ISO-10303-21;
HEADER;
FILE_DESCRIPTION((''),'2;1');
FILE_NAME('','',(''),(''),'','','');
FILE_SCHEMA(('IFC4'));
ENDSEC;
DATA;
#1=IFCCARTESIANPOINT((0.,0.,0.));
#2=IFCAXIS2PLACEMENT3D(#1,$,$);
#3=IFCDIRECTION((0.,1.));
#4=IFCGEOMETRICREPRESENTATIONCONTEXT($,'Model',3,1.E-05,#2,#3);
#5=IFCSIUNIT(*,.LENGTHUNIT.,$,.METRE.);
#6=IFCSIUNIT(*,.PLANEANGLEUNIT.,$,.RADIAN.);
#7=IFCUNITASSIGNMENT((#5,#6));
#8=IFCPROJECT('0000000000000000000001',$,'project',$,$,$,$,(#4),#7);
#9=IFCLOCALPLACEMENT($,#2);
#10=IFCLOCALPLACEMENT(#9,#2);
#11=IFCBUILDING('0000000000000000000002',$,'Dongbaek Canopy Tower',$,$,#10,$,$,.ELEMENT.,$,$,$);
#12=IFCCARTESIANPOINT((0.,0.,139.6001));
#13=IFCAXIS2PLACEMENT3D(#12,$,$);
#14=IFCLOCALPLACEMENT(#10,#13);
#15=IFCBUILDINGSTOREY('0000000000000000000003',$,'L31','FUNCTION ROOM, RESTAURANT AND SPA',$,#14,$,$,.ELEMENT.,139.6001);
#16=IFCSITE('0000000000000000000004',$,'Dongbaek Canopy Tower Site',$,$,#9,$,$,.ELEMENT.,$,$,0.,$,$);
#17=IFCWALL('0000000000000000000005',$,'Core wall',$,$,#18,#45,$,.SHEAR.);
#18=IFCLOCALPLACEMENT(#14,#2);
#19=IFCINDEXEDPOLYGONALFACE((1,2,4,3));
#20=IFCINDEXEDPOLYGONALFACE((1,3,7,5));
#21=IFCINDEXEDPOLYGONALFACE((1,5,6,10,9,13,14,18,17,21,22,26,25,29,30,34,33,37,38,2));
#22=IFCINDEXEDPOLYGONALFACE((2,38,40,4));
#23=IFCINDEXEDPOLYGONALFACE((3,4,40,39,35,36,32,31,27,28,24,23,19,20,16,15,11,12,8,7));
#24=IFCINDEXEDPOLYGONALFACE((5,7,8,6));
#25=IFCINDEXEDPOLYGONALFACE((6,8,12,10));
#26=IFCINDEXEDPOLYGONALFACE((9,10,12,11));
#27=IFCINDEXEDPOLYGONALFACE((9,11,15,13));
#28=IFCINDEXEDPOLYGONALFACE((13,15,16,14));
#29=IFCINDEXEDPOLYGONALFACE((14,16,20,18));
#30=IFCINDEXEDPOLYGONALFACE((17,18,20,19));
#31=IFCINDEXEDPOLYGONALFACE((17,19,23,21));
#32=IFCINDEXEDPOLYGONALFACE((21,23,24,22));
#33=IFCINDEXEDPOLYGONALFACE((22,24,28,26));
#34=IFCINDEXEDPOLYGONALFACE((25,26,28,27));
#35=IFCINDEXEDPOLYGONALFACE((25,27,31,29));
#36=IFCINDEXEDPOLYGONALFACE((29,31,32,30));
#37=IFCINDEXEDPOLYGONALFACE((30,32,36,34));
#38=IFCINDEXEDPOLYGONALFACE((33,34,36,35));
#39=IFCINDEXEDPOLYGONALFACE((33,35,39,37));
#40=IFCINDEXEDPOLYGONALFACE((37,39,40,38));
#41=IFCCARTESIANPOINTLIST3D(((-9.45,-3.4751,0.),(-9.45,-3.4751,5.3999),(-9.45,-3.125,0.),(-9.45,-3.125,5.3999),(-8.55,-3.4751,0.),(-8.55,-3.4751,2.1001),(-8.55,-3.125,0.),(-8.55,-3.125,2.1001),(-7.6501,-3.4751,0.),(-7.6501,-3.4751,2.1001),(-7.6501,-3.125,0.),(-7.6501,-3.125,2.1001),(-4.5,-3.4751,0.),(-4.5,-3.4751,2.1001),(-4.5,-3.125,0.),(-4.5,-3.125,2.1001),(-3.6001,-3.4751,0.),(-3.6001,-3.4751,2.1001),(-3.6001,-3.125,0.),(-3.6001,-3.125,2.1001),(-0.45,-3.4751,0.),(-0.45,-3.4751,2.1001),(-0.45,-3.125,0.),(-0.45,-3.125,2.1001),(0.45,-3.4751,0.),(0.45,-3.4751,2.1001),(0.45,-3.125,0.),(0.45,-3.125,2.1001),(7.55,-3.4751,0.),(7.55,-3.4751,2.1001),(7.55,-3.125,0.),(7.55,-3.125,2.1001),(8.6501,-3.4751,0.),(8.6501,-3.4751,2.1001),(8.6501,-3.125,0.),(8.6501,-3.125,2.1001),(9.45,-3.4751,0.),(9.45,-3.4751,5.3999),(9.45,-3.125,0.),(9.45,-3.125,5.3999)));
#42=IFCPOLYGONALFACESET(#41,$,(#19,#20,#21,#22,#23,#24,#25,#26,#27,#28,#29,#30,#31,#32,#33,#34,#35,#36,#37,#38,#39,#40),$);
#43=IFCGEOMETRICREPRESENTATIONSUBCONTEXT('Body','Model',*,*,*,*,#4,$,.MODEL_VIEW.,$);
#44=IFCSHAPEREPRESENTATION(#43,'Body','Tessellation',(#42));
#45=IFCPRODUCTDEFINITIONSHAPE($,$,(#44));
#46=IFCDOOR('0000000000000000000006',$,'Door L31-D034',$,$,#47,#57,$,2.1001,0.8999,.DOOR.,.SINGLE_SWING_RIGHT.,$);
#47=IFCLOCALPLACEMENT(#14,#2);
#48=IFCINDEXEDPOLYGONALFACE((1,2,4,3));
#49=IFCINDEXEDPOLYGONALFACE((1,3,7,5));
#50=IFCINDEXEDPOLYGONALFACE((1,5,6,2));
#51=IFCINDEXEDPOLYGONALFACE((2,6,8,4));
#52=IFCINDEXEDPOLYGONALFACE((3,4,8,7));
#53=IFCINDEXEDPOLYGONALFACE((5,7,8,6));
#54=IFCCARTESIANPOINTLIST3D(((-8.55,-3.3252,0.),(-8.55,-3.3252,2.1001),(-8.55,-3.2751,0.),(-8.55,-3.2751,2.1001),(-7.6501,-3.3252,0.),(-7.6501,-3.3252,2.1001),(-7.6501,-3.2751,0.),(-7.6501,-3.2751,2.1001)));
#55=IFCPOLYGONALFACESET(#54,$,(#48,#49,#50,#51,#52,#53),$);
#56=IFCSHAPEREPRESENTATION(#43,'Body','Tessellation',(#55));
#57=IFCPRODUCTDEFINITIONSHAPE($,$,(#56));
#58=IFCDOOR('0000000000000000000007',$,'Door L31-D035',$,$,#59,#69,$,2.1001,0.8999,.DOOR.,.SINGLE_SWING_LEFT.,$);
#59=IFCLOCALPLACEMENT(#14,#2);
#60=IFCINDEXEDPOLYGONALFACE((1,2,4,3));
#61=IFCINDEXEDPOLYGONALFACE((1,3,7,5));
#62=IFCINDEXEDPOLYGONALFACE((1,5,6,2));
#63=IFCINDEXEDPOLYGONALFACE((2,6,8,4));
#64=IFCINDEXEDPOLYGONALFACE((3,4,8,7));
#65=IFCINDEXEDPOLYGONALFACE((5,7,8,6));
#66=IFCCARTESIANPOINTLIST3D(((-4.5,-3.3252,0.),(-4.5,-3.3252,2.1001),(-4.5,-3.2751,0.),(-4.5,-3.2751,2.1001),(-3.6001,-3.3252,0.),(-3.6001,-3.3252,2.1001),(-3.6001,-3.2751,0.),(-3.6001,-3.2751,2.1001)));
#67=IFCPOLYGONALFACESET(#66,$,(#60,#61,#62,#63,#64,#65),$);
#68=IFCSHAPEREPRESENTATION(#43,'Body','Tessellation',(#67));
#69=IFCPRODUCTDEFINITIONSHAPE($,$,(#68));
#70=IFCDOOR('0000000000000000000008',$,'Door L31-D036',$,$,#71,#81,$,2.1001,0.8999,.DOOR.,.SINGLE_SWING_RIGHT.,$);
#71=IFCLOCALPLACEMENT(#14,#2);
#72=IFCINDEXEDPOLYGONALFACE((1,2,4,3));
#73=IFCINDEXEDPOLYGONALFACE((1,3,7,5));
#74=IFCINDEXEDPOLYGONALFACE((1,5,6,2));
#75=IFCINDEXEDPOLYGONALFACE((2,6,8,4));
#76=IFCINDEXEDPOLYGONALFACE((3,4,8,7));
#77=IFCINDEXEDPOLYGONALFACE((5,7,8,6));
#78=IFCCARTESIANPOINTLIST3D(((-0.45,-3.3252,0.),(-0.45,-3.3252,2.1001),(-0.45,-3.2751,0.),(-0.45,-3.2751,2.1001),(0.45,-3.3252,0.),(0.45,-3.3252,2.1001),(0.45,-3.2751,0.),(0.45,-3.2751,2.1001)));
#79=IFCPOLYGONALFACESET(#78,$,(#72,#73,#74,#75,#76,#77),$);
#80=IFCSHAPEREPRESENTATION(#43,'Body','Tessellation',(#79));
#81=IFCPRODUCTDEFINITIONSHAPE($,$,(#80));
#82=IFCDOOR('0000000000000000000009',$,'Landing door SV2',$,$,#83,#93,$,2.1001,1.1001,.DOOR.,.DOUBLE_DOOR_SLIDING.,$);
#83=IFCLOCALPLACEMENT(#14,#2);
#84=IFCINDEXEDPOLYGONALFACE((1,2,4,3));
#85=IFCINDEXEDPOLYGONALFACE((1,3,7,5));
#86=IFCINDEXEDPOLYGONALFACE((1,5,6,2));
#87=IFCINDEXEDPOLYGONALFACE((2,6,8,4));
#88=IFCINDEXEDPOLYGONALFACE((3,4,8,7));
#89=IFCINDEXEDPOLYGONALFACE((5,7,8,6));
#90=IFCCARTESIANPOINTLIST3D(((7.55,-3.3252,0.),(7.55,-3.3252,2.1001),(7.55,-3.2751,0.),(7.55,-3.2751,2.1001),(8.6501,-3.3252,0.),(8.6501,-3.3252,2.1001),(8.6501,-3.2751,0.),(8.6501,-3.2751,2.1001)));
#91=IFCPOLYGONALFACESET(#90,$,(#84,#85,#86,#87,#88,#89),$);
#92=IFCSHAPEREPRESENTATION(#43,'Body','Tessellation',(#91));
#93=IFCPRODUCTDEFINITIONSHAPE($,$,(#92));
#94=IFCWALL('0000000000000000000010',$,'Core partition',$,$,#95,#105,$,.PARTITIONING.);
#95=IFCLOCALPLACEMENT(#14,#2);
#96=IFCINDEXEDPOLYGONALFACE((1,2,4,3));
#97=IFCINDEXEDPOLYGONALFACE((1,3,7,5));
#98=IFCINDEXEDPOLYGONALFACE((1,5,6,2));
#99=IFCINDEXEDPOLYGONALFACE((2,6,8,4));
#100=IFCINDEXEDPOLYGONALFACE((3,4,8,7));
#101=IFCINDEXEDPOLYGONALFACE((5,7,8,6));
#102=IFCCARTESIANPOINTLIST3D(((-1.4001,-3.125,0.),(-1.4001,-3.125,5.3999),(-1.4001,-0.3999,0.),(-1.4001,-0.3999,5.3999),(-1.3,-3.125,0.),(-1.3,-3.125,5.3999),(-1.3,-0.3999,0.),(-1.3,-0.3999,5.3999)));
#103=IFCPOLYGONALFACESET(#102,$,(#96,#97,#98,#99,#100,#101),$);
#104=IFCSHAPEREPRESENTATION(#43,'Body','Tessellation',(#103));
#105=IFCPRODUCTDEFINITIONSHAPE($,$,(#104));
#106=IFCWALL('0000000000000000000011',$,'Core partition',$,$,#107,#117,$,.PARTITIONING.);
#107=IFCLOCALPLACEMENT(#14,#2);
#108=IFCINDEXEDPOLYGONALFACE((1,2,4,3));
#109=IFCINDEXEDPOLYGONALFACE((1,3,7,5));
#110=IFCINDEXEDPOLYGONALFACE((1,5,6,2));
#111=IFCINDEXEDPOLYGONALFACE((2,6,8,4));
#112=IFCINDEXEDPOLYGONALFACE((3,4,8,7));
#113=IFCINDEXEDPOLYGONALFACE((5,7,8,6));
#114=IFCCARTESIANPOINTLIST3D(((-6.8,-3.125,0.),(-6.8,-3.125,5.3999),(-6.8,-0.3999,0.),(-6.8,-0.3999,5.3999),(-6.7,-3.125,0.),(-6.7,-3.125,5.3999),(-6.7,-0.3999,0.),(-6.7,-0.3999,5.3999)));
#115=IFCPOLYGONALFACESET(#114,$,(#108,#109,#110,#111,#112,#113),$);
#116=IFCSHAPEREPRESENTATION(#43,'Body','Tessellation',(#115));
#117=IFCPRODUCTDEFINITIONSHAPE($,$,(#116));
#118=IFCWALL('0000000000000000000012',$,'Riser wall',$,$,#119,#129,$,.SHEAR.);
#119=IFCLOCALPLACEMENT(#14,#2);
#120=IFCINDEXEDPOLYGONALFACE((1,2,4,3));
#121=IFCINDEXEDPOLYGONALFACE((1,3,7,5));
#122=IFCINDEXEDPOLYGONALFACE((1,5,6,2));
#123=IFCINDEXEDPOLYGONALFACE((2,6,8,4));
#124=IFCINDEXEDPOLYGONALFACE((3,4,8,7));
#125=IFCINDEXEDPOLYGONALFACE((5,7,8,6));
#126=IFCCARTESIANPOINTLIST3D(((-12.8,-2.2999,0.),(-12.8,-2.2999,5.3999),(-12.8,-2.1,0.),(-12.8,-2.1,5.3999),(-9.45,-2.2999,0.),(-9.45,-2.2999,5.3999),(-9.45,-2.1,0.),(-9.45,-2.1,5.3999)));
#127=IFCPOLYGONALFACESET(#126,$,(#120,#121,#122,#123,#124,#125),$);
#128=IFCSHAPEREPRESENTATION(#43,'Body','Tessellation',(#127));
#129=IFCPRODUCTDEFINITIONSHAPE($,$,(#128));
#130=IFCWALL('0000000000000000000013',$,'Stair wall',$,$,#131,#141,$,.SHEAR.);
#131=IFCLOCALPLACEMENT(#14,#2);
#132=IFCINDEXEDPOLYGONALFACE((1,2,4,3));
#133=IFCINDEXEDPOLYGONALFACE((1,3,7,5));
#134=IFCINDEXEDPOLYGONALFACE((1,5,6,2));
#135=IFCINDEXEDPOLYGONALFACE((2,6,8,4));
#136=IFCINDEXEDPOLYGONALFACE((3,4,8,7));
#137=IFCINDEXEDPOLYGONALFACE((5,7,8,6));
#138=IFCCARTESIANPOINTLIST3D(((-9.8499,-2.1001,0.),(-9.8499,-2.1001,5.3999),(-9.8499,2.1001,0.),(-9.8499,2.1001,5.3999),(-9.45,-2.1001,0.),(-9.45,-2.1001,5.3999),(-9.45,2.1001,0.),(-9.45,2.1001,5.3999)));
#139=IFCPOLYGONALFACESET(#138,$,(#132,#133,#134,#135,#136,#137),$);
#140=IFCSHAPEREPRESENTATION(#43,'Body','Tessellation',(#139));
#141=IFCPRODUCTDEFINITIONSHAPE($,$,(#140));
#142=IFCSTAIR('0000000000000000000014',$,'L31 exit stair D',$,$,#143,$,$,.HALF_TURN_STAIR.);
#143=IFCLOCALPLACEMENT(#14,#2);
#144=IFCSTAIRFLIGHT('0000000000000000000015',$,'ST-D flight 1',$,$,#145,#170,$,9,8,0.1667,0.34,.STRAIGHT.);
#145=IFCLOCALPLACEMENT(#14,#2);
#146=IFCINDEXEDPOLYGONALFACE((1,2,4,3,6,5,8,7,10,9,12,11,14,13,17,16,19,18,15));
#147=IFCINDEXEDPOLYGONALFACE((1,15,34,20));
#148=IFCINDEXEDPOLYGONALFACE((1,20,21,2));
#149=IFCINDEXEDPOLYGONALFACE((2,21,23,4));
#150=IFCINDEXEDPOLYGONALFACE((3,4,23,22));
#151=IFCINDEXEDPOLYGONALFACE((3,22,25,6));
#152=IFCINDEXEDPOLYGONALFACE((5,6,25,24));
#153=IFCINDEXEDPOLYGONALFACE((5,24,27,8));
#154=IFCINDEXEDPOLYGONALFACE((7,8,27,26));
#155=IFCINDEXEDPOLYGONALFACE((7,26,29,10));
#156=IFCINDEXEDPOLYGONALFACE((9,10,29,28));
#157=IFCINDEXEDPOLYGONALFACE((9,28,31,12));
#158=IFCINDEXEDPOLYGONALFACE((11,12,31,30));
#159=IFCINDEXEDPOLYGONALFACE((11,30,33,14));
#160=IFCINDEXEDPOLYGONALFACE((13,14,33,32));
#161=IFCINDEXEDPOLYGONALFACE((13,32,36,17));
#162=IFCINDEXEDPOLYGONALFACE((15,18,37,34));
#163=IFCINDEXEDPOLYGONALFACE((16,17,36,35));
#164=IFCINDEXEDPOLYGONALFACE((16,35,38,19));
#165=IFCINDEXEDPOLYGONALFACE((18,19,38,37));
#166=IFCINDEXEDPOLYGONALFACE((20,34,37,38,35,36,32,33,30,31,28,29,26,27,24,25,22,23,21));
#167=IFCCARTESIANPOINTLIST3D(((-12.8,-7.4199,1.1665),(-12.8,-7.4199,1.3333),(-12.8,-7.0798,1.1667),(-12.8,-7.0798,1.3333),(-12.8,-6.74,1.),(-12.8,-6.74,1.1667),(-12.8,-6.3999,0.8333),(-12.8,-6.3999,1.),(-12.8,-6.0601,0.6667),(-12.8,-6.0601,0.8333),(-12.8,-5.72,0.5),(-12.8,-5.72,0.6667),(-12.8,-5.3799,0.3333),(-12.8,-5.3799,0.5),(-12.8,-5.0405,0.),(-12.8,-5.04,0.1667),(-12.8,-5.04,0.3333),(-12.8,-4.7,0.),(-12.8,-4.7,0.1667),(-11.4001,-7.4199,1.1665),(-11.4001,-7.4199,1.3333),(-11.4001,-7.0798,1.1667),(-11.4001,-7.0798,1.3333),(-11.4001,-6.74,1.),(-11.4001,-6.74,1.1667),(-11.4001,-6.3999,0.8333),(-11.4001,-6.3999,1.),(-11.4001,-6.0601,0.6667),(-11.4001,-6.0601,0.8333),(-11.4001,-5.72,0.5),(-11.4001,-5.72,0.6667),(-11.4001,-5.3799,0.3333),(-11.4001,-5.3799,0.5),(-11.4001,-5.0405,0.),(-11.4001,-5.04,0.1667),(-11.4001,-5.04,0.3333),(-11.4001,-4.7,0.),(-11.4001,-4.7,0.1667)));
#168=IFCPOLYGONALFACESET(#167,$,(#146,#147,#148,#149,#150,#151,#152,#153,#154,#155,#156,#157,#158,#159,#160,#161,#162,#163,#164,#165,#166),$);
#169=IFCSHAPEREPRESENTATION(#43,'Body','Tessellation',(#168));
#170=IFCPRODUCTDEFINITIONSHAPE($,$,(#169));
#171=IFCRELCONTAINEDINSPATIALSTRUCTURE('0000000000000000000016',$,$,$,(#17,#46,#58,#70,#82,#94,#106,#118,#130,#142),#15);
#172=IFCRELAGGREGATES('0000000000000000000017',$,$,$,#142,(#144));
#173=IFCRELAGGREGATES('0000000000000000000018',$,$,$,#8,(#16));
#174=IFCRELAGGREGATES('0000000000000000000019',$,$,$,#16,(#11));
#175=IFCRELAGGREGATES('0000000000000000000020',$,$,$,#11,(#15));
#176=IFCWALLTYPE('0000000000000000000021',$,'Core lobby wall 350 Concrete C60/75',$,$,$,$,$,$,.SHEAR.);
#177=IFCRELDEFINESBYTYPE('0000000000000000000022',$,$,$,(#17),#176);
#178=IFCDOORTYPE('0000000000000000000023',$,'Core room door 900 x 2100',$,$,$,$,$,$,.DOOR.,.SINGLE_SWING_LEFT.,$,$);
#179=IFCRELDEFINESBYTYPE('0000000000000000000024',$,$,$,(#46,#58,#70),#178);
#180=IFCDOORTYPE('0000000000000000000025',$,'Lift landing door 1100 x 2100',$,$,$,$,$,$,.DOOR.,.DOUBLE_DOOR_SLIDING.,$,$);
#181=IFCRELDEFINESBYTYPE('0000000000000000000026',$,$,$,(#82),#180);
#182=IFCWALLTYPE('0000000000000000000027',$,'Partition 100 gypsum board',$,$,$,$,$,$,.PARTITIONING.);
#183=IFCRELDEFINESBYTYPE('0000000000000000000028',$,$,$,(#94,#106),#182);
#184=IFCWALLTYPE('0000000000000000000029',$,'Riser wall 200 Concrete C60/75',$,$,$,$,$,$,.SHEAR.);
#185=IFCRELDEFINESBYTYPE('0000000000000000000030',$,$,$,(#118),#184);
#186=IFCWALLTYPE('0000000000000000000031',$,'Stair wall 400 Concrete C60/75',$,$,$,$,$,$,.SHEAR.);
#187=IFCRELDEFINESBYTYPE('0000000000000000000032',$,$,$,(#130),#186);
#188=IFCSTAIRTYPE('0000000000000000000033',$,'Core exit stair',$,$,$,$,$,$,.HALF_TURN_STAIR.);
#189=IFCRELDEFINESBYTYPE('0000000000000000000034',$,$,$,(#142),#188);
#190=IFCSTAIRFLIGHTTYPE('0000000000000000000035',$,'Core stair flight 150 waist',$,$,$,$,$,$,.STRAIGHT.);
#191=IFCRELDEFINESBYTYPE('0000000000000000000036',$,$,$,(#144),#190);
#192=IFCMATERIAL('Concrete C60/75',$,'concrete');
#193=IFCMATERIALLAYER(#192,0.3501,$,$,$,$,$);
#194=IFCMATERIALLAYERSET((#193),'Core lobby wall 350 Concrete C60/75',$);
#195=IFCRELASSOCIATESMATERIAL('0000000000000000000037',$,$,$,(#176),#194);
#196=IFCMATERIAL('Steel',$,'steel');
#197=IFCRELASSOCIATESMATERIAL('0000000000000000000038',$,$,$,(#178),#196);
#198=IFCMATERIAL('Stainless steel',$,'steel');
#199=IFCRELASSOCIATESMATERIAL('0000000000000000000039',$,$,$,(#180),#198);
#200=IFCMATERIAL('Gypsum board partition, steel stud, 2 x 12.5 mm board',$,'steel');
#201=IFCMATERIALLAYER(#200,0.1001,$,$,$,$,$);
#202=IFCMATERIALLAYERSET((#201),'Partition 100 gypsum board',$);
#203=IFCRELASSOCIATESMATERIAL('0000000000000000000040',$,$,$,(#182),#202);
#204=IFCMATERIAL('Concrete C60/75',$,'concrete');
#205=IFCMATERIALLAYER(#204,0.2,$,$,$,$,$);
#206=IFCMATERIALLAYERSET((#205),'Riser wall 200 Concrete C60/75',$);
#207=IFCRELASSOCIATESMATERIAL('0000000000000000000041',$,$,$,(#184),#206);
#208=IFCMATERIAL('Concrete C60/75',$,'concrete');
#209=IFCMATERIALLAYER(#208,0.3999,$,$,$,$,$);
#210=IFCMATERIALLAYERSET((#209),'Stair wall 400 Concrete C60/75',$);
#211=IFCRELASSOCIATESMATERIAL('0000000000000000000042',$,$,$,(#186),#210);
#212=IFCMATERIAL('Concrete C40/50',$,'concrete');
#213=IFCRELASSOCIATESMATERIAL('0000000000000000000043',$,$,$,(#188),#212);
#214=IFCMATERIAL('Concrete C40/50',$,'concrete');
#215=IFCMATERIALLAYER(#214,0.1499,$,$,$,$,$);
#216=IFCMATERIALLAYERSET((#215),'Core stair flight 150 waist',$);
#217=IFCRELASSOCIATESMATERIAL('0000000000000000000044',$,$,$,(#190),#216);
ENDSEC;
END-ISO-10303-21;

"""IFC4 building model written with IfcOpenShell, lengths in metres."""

from ifc_helpers import new_model, si_unit, direction, frame, frame_2d, origin, place, context, subcontext, project, spatial, polyline, rectangle, outline, extrude, material, layer, layer_set, type_object, element, fill, aggregate, save


model = new_model("IFC4")

# Units and contexts
model_context = context("Model", 3, precision=1e-05, world=origin(), true_north=direction((0.0, 1.0)))
body_context = subcontext(model_context, "Body", "Model", "MODEL_VIEW")
ifc_project = project(units=[si_unit("LENGTHUNIT", "METRE"), si_unit("PLANEANGLEUNIT", "RADIAN")], contexts=[model_context])

# Site, building, storey
site_placement = place(None, origin())
site = spatial("IfcSite", under=ifc_project, at=site_placement, Name="Dongbaek Canopy Tower Site", CompositionType="ELEMENT", RefElevation=0.0)
building_placement = place(site_placement, origin())
building = spatial("IfcBuilding", under=site, at=building_placement, Name="Dongbaek Canopy Tower", CompositionType="ELEMENT")
storey_placement = place(building_placement, frame((0.0, 0.0, 139.6001)))
storey = spatial("IfcBuildingStorey", under=building, at=storey_placement, Name="L31", Description="FUNCTION ROOM, RESTAURANT AND SPA", CompositionType="ELEMENT", Elevation=139.6001)

# Wall, openings, doors
ifc_material_1 = material(Name="Concrete C60/75", Category="concrete")
ifc_layer_1 = layer(ifc_material_1, 0.3501)
ifc_layer_set_1 = layer_set([ifc_layer_1], Name="Core lobby wall 350 Concrete C60/75")
wall_type_1 = type_object("IfcWallType", Name="Core lobby wall 350 Concrete C60/75", PredefinedType="SHEAR", material=ifc_layer_set_1)
wall_1_placement = place(storey_placement, frame((-9.45, -3.3, 0.0), z_axis=(0.0, 0.0, 1.0), x_axis=(1.0, 0.0, 0.0)))
wall_1 = element("IfcWall", 1, at=wall_1_placement, inside=storey, type_object=wall_type_1, Name="Core wall", PredefinedType="SHEAR", context=body_context, shape_type="SweptSolid", body=[
    extrude(rectangle(XDim=18.8999, YDim=0.3501, at=frame_2d((9.45, 0.0))), origin(), (0.0, 0.0, 1.0), 5.3999),
])
opening_1_placement = place(wall_1_placement, frame((17.0, 0.0, 0.0)))
opening_1 = element("IfcOpeningElement", 2, at=opening_1_placement, cuts=wall_1, PredefinedType="OPENING", context=body_context, shape_type="SweptSolid", body=[
    extrude(rectangle(XDim=1.1001, YDim=2.1001, at=frame_2d((0.55, 1.05))), frame((0.0, 0.1851, 0.0), z_axis=(0.0, -1.0, 0.0), x_axis=(1.0, 0.0, 0.0)), (0.0, 0.0, 1.0), 0.3701),
])
opening_2_placement = place(wall_1_placement, frame((0.8999, 0.0, 0.0)))
opening_2 = element("IfcOpeningElement", 3, at=opening_2_placement, cuts=wall_1, PredefinedType="OPENING", context=body_context, shape_type="SweptSolid", body=[
    extrude(rectangle(XDim=0.8999, YDim=2.1001, at=frame_2d((0.45, 1.05))), frame((0.0, 0.1851, 0.0), z_axis=(0.0, -1.0, 0.0), x_axis=(1.0, 0.0, 0.0)), (0.0, 0.0, 1.0), 0.3701),
])
opening_3_placement = place(wall_1_placement, frame((4.95, 0.0, 0.0)))
opening_3 = element("IfcOpeningElement", 4, at=opening_3_placement, cuts=wall_1, PredefinedType="OPENING", context=body_context, shape_type="SweptSolid", body=[
    extrude(rectangle(XDim=0.8999, YDim=2.1001, at=frame_2d((0.45, 1.05))), frame((0.0, 0.1851, 0.0), z_axis=(0.0, -1.0, 0.0), x_axis=(1.0, 0.0, 0.0)), (0.0, 0.0, 1.0), 0.3701),
])
opening_4_placement = place(wall_1_placement, frame((9.0, 0.0, 0.0)))
opening_4 = element("IfcOpeningElement", 5, at=opening_4_placement, cuts=wall_1, PredefinedType="OPENING", context=body_context, shape_type="SweptSolid", body=[
    extrude(rectangle(XDim=0.8999, YDim=2.1001, at=frame_2d((0.45, 1.05))), frame((0.0, 0.1851, 0.0), z_axis=(0.0, -1.0, 0.0), x_axis=(1.0, 0.0, 0.0)), (0.0, 0.0, 1.0), 0.3701),
])
ifc_material_2 = material(Name="Steel", Category="steel")
door_type_1 = type_object("IfcDoorType", Name="Core room door 900 x 2100", OperationType="SINGLE_SWING_LEFT", PredefinedType="DOOR", material=ifc_material_2)
door_1_placement = place(opening_2_placement, origin())
door_1 = element("IfcDoor", 6, at=door_1_placement, inside=storey, type_object=door_type_1, Name="Door L31-D034", OperationType="SINGLE_SWING_RIGHT", OverallHeight=2.1001, OverallWidth=0.8999, PredefinedType="DOOR", context=body_context, shape_type="SweptSolid", body=[
    extrude(rectangle(XDim=0.8999, YDim=2.1001, at=frame_2d((0.45, 1.05))), frame((0.0, 0.0249, 0.0), z_axis=(0.0, -1.0, 0.0), x_axis=(1.0, 0.0, 0.0)), (0.0, 0.0, 1.0), 0.05),
])
fill(opening_2, door_1)
door_2_placement = place(opening_3_placement, origin())
door_2 = element("IfcDoor", 7, at=door_2_placement, inside=storey, type_object=door_type_1, Name="Door L31-D035", OperationType="SINGLE_SWING_LEFT", OverallHeight=2.1001, OverallWidth=0.8999, PredefinedType="DOOR", context=body_context, shape_type="SweptSolid", body=[
    extrude(rectangle(XDim=0.8999, YDim=2.1001, at=frame_2d((0.45, 1.05))), frame((0.0, 0.0249, 0.0), z_axis=(0.0, -1.0, 0.0), x_axis=(1.0, 0.0, 0.0)), (0.0, 0.0, 1.0), 0.05),
])
fill(opening_3, door_2)
door_3_placement = place(opening_4_placement, origin())
door_3 = element("IfcDoor", 8, at=door_3_placement, inside=storey, type_object=door_type_1, Name="Door L31-D036", OperationType="SINGLE_SWING_RIGHT", OverallHeight=2.1001, OverallWidth=0.8999, PredefinedType="DOOR", context=body_context, shape_type="SweptSolid", body=[
    extrude(rectangle(XDim=0.8999, YDim=2.1001, at=frame_2d((0.45, 1.05))), frame((0.0, 0.0249, 0.0), z_axis=(0.0, -1.0, 0.0), x_axis=(1.0, 0.0, 0.0)), (0.0, 0.0, 1.0), 0.05),
])
fill(opening_4, door_3)
ifc_material_3 = material(Name="Stainless steel", Category="steel")
door_type_2 = type_object("IfcDoorType", Name="Lift landing door 1100 x 2100", OperationType="DOUBLE_DOOR_SLIDING", PredefinedType="DOOR", material=ifc_material_3)
door_4_placement = place(opening_1_placement, origin())
door_4 = element("IfcDoor", 9, at=door_4_placement, inside=storey, type_object=door_type_2, Name="Landing door SV2", OperationType="DOUBLE_DOOR_SLIDING", OverallHeight=2.1001, OverallWidth=1.1001, PredefinedType="DOOR", context=body_context, shape_type="SweptSolid", body=[
    extrude(rectangle(XDim=1.1001, YDim=2.1001, at=frame_2d((0.55, 1.05))), frame((0.0, 0.0249, 0.0), z_axis=(0.0, -1.0, 0.0), x_axis=(1.0, 0.0, 0.0)), (0.0, 0.0, 1.0), 0.05),
])
fill(opening_1, door_4)

# Walls
ifc_material_4 = material(Name="Gypsum board partition, steel stud, 2 x 12.5 mm board", Category="steel")
ifc_layer_2 = layer(ifc_material_4, 0.1001)
ifc_layer_set_2 = layer_set([ifc_layer_2], Name="Partition 100 gypsum board")
wall_type_2 = type_object("IfcWallType", Name="Partition 100 gypsum board", PredefinedType="PARTITIONING", material=ifc_layer_set_2)
for number, where, z_axis, x_axis, name in (
    (10, (-1.3501, -3.125, 0.0), (0.0, 0.0, 1.0), (0.0, 1.0, 0.0), "Core partition"),
    (11, (-6.75, -3.125, 0.0), (0.0, 0.0, 1.0), (0.0, 1.0, 0.0), "Core partition"),
):
    element("IfcWall", number, at=place(storey_placement, frame(where, z_axis=z_axis, x_axis=x_axis)), inside=storey, type_object=wall_type_2, Name=name, PredefinedType="PARTITIONING", context=body_context, shape_type="SweptSolid", body=[
        extrude(rectangle(XDim=2.7251, YDim=0.1001, at=frame_2d((1.3625, 0.0))), origin(), (0.0, 0.0, 1.0), 5.3999),
    ])
ifc_material_5 = material(Name="Concrete C60/75", Category="concrete")
ifc_layer_3 = layer(ifc_material_5, 0.2)
ifc_layer_set_3 = layer_set([ifc_layer_3], Name="Riser wall 200 Concrete C60/75")
wall_type_3 = type_object("IfcWallType", Name="Riser wall 200 Concrete C60/75", PredefinedType="SHEAR", material=ifc_layer_set_3)
wall_2_placement = place(storey_placement, frame((-9.45, -2.2, 0.0), z_axis=(0.0, 0.0, 1.0), x_axis=(-1.0, 0.0, 0.0)))
element("IfcWall", 12, at=wall_2_placement, inside=storey, type_object=wall_type_3, Name="Riser wall", PredefinedType="SHEAR", context=body_context, shape_type="SweptSolid", body=[
    extrude(rectangle(XDim=3.3501, YDim=0.2, at=frame_2d((1.675, 0.0))), origin(), (0.0, 0.0, 1.0), 5.3999),
])
ifc_material_6 = material(Name="Concrete C60/75", Category="concrete")
ifc_layer_4 = layer(ifc_material_6, 0.3999)
ifc_layer_set_4 = layer_set([ifc_layer_4], Name="Stair wall 400 Concrete C60/75")
wall_type_4 = type_object("IfcWallType", Name="Stair wall 400 Concrete C60/75", PredefinedType="SHEAR", material=ifc_layer_set_4)
wall_3_placement = place(storey_placement, frame((-9.6499, -2.1001, 0.0), z_axis=(0.0, 0.0, 1.0), x_axis=(0.0, 1.0, 0.0)))
element("IfcWall", 13, at=wall_3_placement, inside=storey, type_object=wall_type_4, Name="Stair wall", PredefinedType="SHEAR", context=body_context, shape_type="SweptSolid", body=[
    extrude(rectangle(XDim=4.2002, YDim=0.3999, at=frame_2d((2.1001, 0.0))), origin(), (0.0, 0.0, 1.0), 5.3999),
])

# Stair, stair flight
ifc_material_7 = material(Name="Concrete C40/50", Category="concrete")
stair_type = type_object("IfcStairType", Name="Core exit stair", PredefinedType="HALF_TURN_STAIR", material=ifc_material_7)
stair_placement = place(storey_placement, origin())
stair = element("IfcStair", 14, at=stair_placement, inside=storey, type_object=stair_type, Name="L31 exit stair D", PredefinedType="HALF_TURN_STAIR")
ifc_material_8 = material(Name="Concrete C40/50", Category="concrete")
ifc_layer_5 = layer(ifc_material_8, 0.1499)
ifc_layer_set_5 = layer_set([ifc_layer_5], Name="Core stair flight 150 waist")
stair_flight_type = type_object("IfcStairFlightType", Name="Core stair flight 150 waist", PredefinedType="STRAIGHT", material=ifc_layer_set_5)
stair_flight_1_placement = place(storey_placement, frame((-12.1001, -4.7, 0.0), z_axis=(0.0, 0.0, 1.0), x_axis=(0.0, -1.0, 0.0)))
stair_flight_1 = element("IfcStairFlight", 15, at=stair_flight_1_placement, type_object=stair_flight_type, Name="ST-D flight 1", NumberOfRisers=9, NumberOfTreads=8, PredefinedType="STRAIGHT", RiserHeight=0.1667, TreadLength=0.34, context=body_context, shape_type="SweptSolid", body=[
    extrude(outline(polyline([(0.0, 0.0), (0.0, 0.1667), (0.3401, 0.1667), (0.3401, 0.3333), (0.6799, 0.3333), (0.6799, 0.5), (1.02, 0.5), (1.02, 0.6667), (1.3601, 0.6667), (1.3601, 0.8333), (1.7, 0.8333), (1.7, 1.0), (2.04, 1.0), (2.04, 1.1667), (2.3799, 1.1667), (2.3799, 1.3333), (2.72, 1.3333), (2.72, 1.5), (2.72, 1.1665), (0.3406, 0.0), (0.0, 0.0)])), frame((0.0, 0.7, 0.0), z_axis=(0.0, -1.0, 0.0), x_axis=(1.0, 0.0, 0.0)), (0.0, 0.0, 1.0), 1.3999),
])
aggregate(stair, [stair_flight_1])

save(model, "model.ifc")
